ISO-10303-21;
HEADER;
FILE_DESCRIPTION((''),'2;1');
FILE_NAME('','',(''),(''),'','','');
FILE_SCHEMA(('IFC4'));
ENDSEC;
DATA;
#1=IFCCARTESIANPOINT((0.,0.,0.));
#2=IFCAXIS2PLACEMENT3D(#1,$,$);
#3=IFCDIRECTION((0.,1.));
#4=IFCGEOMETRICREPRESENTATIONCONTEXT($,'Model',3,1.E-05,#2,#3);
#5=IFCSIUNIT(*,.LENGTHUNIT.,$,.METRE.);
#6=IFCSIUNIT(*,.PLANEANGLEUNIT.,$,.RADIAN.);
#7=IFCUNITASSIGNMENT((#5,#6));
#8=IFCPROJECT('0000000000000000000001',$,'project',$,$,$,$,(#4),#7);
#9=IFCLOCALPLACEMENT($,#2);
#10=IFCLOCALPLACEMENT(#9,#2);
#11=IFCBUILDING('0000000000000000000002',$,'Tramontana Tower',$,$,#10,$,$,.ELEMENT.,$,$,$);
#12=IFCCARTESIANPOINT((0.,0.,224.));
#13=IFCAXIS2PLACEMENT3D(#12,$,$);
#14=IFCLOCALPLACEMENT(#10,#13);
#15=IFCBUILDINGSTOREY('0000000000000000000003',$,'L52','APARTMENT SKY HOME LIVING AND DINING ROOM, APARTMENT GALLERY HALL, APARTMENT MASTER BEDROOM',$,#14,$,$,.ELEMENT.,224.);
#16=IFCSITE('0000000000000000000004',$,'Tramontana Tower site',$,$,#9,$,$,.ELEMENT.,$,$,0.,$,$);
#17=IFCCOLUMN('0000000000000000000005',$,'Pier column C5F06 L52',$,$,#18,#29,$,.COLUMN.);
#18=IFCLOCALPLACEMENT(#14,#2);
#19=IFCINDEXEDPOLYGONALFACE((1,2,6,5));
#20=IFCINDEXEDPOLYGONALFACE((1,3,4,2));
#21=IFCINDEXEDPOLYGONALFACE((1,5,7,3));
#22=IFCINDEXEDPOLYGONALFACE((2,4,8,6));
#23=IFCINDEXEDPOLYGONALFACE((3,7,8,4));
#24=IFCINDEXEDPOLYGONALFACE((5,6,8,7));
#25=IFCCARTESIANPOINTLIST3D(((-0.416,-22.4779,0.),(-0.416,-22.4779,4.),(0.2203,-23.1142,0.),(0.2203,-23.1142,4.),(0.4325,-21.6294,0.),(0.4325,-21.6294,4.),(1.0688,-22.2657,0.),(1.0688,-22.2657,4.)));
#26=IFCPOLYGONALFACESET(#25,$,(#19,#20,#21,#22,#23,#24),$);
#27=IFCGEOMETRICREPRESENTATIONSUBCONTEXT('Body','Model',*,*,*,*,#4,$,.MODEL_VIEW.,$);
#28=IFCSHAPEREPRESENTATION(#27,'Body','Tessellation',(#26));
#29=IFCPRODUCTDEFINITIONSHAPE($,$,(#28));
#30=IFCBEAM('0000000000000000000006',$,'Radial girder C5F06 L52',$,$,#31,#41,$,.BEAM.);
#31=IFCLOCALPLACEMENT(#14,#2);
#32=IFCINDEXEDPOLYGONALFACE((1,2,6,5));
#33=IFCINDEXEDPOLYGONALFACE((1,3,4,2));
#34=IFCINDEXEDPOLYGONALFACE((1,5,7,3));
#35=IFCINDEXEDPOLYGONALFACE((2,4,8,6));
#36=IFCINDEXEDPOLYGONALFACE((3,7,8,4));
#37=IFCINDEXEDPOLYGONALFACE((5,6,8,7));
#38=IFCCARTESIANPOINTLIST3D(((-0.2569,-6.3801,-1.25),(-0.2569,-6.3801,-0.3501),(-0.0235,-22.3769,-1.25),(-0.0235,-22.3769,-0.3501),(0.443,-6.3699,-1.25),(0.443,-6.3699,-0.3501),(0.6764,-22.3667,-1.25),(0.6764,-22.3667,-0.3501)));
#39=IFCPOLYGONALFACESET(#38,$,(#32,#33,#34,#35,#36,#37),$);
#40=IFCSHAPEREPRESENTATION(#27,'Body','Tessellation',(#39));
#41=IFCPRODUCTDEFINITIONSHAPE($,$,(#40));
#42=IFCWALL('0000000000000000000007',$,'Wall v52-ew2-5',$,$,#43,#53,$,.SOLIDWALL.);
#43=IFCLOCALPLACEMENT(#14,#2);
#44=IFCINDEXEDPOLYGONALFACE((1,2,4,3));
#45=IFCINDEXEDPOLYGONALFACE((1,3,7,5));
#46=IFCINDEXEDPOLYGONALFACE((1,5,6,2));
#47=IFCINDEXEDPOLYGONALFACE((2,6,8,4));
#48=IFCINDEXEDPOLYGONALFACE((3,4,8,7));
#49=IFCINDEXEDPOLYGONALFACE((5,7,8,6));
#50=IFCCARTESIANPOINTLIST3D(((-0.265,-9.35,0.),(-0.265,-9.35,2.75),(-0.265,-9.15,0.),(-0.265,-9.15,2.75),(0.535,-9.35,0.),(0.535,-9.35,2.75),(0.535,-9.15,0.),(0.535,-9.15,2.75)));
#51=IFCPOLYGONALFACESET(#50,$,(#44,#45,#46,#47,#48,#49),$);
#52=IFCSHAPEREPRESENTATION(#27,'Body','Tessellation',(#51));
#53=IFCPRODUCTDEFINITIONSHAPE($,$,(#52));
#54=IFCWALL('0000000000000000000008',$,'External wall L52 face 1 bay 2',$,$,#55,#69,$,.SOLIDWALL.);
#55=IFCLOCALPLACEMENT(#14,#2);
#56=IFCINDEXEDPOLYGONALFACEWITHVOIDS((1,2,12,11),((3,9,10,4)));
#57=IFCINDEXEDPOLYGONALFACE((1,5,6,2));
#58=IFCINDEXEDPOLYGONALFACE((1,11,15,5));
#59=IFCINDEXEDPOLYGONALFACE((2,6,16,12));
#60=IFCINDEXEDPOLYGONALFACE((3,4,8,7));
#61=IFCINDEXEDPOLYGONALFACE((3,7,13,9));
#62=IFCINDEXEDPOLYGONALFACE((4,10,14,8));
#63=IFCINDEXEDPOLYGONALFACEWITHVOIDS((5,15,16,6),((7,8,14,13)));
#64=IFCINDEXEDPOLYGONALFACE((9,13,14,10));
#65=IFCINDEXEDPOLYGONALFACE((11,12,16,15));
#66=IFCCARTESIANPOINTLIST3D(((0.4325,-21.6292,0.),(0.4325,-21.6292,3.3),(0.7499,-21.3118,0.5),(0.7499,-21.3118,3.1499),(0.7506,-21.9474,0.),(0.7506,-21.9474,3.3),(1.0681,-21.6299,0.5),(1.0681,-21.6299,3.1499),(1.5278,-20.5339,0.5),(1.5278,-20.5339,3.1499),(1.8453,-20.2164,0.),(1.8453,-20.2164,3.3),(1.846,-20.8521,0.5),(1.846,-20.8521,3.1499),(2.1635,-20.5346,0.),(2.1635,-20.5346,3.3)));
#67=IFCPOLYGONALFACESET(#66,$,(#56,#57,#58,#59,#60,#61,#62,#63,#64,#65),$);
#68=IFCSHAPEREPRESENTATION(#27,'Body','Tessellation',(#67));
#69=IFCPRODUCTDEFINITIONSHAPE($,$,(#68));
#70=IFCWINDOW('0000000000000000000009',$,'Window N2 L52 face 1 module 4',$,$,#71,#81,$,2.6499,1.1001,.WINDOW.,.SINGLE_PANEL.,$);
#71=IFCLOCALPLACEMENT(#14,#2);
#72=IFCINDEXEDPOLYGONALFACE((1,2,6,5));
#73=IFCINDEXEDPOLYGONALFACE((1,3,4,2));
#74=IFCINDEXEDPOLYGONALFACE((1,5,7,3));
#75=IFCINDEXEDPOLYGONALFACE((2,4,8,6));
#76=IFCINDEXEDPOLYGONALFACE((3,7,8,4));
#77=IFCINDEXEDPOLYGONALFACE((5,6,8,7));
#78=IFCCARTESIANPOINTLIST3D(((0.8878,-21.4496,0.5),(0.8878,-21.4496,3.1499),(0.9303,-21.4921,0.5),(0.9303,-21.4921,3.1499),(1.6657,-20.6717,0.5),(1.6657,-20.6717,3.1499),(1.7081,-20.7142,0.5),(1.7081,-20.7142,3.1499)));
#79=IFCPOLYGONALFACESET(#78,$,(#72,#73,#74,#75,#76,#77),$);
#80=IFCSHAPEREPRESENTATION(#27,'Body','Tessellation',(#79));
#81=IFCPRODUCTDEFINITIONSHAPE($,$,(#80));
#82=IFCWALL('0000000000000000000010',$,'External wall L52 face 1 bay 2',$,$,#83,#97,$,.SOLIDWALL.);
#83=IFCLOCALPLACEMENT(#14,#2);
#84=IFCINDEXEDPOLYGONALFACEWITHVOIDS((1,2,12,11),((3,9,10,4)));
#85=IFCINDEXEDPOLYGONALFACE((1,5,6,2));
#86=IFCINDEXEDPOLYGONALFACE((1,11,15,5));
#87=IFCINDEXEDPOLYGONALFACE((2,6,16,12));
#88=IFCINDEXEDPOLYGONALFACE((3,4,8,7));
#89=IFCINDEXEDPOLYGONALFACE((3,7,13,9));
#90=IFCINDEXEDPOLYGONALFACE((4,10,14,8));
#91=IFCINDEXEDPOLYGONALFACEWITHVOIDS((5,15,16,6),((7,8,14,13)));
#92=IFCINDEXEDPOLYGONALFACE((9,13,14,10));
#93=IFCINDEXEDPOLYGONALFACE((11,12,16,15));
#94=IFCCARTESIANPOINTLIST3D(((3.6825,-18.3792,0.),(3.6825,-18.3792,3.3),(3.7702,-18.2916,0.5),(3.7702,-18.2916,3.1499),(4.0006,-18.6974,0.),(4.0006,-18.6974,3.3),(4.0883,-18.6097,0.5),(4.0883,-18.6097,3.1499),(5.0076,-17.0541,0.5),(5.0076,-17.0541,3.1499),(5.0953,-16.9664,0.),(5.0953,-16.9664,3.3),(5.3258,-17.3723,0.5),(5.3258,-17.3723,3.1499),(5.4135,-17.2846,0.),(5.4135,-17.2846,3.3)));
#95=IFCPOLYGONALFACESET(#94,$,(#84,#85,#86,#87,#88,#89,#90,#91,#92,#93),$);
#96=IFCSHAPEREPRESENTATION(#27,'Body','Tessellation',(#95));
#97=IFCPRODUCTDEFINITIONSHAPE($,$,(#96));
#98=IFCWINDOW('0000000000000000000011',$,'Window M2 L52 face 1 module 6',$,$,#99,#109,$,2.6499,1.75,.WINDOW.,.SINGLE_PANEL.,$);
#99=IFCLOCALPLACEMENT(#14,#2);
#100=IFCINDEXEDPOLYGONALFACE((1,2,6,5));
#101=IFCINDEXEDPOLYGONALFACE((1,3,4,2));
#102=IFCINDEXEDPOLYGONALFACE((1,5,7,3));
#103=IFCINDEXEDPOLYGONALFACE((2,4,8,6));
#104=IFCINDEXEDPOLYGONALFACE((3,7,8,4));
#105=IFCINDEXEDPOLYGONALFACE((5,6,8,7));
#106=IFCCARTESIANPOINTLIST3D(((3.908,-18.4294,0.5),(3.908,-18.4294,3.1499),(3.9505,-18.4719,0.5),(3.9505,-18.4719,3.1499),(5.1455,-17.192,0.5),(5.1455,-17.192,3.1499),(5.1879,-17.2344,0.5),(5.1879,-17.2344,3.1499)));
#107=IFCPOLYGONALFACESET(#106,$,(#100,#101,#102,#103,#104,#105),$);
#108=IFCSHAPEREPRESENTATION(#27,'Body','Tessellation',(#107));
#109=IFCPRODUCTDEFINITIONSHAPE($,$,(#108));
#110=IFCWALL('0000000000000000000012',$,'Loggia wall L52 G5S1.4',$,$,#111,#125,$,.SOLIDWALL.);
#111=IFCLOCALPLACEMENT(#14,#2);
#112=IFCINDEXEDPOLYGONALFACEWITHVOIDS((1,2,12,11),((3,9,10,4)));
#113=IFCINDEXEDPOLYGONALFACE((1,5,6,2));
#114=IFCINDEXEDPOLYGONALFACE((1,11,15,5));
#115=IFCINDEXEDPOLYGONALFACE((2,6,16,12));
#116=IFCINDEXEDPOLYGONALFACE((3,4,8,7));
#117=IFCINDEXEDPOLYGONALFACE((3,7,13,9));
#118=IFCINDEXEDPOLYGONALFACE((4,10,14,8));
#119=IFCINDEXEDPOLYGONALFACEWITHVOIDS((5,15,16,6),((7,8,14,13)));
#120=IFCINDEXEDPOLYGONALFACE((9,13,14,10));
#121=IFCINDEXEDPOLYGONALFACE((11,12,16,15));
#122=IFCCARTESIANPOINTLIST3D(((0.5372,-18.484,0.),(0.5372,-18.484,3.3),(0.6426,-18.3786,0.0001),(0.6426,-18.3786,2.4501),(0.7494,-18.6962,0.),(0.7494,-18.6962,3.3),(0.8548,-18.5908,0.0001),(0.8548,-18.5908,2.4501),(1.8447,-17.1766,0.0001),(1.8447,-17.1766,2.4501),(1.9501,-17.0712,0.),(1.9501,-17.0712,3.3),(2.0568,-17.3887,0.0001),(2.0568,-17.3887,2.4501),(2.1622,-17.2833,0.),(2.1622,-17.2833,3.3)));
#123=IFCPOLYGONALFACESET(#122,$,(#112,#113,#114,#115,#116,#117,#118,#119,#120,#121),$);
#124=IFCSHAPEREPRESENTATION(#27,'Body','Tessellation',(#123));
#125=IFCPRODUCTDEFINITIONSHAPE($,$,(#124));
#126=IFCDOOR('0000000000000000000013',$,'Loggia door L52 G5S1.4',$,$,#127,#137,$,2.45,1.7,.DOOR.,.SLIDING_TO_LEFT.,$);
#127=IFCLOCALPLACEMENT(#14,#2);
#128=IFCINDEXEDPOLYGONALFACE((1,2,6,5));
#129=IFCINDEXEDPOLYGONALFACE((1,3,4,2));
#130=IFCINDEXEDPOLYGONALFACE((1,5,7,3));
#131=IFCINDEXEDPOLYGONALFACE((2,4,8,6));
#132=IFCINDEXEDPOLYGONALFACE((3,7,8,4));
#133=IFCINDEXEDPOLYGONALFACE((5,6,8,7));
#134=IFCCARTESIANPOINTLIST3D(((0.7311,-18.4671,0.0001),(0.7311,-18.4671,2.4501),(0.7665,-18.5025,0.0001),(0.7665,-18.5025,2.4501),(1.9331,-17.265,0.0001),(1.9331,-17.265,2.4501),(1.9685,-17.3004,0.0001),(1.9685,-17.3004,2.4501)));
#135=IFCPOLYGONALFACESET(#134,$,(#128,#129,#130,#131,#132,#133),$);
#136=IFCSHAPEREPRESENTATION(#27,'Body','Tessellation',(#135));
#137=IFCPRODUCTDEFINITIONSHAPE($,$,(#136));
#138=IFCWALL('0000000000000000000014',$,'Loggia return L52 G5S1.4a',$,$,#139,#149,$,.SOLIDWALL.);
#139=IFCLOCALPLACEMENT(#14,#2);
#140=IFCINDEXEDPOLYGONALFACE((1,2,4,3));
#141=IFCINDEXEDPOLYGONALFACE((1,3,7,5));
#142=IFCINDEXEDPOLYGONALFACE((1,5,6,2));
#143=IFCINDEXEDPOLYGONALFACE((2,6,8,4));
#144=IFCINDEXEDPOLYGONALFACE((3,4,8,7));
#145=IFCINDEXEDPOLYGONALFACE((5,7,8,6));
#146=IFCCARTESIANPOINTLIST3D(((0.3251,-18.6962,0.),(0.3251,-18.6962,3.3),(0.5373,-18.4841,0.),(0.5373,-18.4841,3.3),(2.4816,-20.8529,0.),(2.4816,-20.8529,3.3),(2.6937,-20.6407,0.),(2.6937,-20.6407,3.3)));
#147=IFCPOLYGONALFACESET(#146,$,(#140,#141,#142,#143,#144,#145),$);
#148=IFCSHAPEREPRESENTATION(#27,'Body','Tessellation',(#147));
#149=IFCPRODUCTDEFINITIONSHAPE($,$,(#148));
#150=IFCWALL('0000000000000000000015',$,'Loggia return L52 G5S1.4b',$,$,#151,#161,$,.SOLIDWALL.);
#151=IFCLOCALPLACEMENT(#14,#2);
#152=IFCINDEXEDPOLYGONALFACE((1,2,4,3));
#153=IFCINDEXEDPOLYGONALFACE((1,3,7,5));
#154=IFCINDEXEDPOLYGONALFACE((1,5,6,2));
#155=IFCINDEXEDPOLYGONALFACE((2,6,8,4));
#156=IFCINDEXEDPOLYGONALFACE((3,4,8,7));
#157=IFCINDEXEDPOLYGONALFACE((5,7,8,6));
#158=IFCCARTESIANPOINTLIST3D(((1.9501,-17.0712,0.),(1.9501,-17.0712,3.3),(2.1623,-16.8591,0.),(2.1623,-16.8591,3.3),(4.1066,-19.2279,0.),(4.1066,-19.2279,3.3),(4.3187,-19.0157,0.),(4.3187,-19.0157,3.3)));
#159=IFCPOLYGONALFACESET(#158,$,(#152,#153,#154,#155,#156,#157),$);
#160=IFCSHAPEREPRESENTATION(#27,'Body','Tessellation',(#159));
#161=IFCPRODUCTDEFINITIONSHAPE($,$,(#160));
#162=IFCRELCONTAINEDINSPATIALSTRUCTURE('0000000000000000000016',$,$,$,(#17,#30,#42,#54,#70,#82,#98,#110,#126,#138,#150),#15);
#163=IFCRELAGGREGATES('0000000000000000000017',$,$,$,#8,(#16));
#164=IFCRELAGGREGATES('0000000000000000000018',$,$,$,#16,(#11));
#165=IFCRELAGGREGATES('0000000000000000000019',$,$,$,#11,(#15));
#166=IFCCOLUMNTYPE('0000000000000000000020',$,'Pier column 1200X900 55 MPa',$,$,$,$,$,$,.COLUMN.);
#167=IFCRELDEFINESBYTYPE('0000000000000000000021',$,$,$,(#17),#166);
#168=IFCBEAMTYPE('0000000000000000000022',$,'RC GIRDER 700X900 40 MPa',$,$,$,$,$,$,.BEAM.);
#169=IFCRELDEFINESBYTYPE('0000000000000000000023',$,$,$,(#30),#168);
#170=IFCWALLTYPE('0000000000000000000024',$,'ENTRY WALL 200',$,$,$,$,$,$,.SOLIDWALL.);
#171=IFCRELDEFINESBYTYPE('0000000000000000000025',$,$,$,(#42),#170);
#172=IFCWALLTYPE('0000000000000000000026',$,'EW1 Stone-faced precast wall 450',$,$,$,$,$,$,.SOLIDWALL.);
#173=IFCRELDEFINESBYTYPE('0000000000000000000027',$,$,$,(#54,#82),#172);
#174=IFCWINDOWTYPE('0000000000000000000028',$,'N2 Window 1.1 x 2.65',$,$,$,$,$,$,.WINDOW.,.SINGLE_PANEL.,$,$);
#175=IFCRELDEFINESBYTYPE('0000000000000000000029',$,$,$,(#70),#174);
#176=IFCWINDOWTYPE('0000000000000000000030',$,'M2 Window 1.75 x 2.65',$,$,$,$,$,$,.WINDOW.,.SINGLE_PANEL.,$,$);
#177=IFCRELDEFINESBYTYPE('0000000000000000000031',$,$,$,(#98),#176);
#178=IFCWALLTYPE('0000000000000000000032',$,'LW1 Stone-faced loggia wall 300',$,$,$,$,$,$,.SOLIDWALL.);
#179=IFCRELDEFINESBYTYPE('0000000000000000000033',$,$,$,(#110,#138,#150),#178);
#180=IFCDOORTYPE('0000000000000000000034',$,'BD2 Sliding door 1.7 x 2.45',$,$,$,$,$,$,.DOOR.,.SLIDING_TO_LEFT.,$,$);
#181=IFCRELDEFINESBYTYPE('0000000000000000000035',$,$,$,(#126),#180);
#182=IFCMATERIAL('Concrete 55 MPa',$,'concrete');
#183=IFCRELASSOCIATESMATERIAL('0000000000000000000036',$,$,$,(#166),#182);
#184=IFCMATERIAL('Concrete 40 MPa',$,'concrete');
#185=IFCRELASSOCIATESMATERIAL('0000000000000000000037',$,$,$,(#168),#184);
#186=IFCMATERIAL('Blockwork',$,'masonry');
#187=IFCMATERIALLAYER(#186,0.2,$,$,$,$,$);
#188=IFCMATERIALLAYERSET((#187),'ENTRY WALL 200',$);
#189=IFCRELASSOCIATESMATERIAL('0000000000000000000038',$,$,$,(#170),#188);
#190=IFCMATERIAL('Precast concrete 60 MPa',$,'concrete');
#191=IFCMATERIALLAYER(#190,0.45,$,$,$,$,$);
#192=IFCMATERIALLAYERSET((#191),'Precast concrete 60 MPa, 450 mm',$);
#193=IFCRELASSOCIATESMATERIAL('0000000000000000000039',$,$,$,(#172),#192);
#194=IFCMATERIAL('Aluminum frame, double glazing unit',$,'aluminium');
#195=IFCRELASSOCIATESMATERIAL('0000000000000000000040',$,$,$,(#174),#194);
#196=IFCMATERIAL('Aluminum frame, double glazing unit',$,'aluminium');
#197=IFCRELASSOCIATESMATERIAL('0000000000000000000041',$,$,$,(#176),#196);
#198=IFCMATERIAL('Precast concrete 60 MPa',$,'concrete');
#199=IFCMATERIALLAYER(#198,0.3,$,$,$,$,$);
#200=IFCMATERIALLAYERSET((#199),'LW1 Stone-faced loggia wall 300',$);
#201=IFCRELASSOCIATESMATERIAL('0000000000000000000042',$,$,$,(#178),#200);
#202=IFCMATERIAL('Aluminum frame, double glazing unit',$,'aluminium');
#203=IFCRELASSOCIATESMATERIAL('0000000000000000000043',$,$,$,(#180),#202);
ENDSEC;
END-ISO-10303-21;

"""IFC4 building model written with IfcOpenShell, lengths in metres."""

from ifc_helpers import new_model, si_unit, direction, frame, frame_2d, origin, origin_2d, place, context, subcontext, project, spatial, rectangle, extrude, material, layer, layer_set, material_profile, profile_set, type_object, element, fill, save


model = new_model("IFC4")

# Units and contexts
model_context = context("Model", 3, precision=1e-05, world=origin(), true_north=direction((0.0, 1.0)))
body_context = subcontext(model_context, "Body", "Model", "MODEL_VIEW")
ifc_project = project(units=[si_unit("LENGTHUNIT", "METRE"), si_unit("PLANEANGLEUNIT", "RADIAN")], contexts=[model_context])

# Site, building, storey
site_placement = place(None, origin())
site = spatial("IfcSite", under=ifc_project, at=site_placement, Name="Tramontana Tower site", CompositionType="ELEMENT", RefElevation=0.0)
building_placement = place(site_placement, origin())
building = spatial("IfcBuilding", under=site, at=building_placement, Name="Tramontana Tower", CompositionType="ELEMENT")
storey_placement = place(building_placement, frame((0.0, 0.0, 224.0)))
storey = spatial("IfcBuildingStorey", under=building, at=storey_placement, Name="L52", Description="APARTMENT SKY HOME LIVING AND DINING ROOM, APARTMENT GALLERY HALL, APARTMENT MASTER BEDROOM", CompositionType="ELEMENT", Elevation=224.0)

# Column
ifc_material_1 = material(Name="Concrete 55 MPa", Category="concrete")
ifc_material_profile_1 = material_profile(ifc_material_1, rectangle(XDim=1.2, YDim=0.8999, at=origin_2d()), Name="Pier column 1200X900 55 MPa")
ifc_profile_set_1 = profile_set([ifc_material_profile_1], Name="Concrete 55 MPa")
column_type = type_object("IfcColumnType", Name="Pier column 1200X900 55 MPa", PredefinedType="COLUMN", material=ifc_profile_set_1)
column_placement = place(storey_placement, frame((0.3264, -22.3718, 0.0), z_axis=(0.0, 0.0, 1.0), x_axis=(0.707107, 0.707107, 0.0)))
element("IfcColumn", 1, at=column_placement, inside=storey, type_object=column_type, Name="Pier column C5F06 L52", PredefinedType="COLUMN", context=body_context, shape_type="SweptSolid", body=[
    extrude(rectangle(XDim=1.2, YDim=0.8999, at=origin_2d()), origin(), (0.0, 0.0, 1.0), 4.0),
])

# Beam
ifc_material_2 = material(Name="Concrete 40 MPa", Category="concrete")
ifc_material_profile_2 = material_profile(ifc_material_2, rectangle(XDim=0.7, YDim=0.8999, at=origin_2d()), Name="RC GIRDER 700X900 40 MPa")
ifc_profile_set_2 = profile_set([ifc_material_profile_2], Name="Concrete 40 MPa")
beam_type = type_object("IfcBeamType", Name="RC GIRDER 700X900 40 MPa", PredefinedType="BEAM", material=ifc_profile_set_2)
beam_placement = place(storey_placement, frame((0.3264, -22.3718, -0.8), z_axis=(-0.014589, 0.999894, 0.0), x_axis=(-0.999894, -0.014589, 0.0)))
element("IfcBeam", 2, at=beam_placement, inside=storey, type_object=beam_type, Name="Radial girder C5F06 L52", PredefinedType="BEAM", context=body_context, shape_type="SweptSolid", body=[
    extrude(rectangle(XDim=0.7, YDim=0.8999, at=origin_2d()), origin(), (0.0, 0.0, 1.0), 15.9985),
])

# Wall
ifc_material_3 = material(Name="Blockwork", Category="masonry")
ifc_layer_1 = layer(ifc_material_3, 0.2)
ifc_layer_set_1 = layer_set([ifc_layer_1], Name="ENTRY WALL 200")
wall_type_1 = type_object("IfcWallType", Name="ENTRY WALL 200", PredefinedType="SOLIDWALL", material=ifc_layer_set_1)
wall_1_placement = place(storey_placement, frame((0.5349, -9.25, 0.0), z_axis=(0.0, 0.0, 1.0), x_axis=(-1.0, 0.0, 0.0)))
element("IfcWall", 3, at=wall_1_placement, inside=storey, type_object=wall_type_1, Name="Wall v52-ew2-5", PredefinedType="SOLIDWALL", context=body_context, shape_type="SweptSolid", body=[
    extrude(rectangle(XDim=0.8, YDim=0.2, at=frame_2d((0.3999, 0.0))), origin(), (0.0, 0.0, 1.0), 2.75),
])

# Walls, openings, windows
ifc_material_4 = material(Name="Precast concrete 60 MPa", Category="concrete")
ifc_layer_2 = layer(ifc_material_4, 0.45)
ifc_layer_set_2 = layer_set([ifc_layer_2], Name="Precast concrete 60 MPa, 450 mm")
wall_type_2 = type_object("IfcWallType", Name="EW1 Stone-faced precast wall 450", PredefinedType="SOLIDWALL", material=ifc_layer_set_2)
wall_2_placement = place(storey_placement, frame((0.5916, -21.7883, 0.0), z_axis=(0.0, 0.0, 1.0), x_axis=(0.707107, 0.707107, 0.0)))
wall_2 = element("IfcWall", 4, at=wall_2_placement, inside=storey, type_object=wall_type_2, Name="External wall L52 face 1 bay 2", PredefinedType="SOLIDWALL", context=body_context, shape_type="SweptSolid", body=[
    extrude(rectangle(XDim=1.998, YDim=0.45, at=frame_2d((0.999, 0.0))), origin(), (0.0, 0.0, 1.0), 3.3),
])
opening_1_placement = place(wall_2_placement, frame((0.449, 0.0, 0.5)))
opening_1 = element("IfcOpeningElement", 5, at=opening_1_placement, cuts=wall_2, PredefinedType="OPENING", context=body_context, shape_type="SweptSolid", body=[
    extrude(rectangle(XDim=1.1001, YDim=2.6499, at=frame_2d((0.55, 1.325))), frame((0.0, 0.2349, 0.0), z_axis=(0.0, -1.0, 0.0), x_axis=(1.0, 0.0, 0.0)), (0.0, 0.0, 1.0), 0.47),
])
ifc_material_5 = material(Name="Aluminum frame, double glazing unit", Category="aluminium")
window_type_1 = type_object("IfcWindowType", Name="N2 Window 1.1 x 2.65", PartitioningType="SINGLE_PANEL", PredefinedType="WINDOW", material=ifc_material_5)
window_1_placement = place(opening_1_placement, origin())
window_1 = element("IfcWindow", 6, at=window_1_placement, inside=storey, type_object=window_type_1, Name="Window N2 L52 face 1 module 4", OverallHeight=2.6499, OverallWidth=1.1001, PartitioningType="SINGLE_PANEL", PredefinedType="WINDOW", context=body_context, shape_type="SweptSolid", body=[
    extrude(rectangle(XDim=1.1001, YDim=2.6499, at=frame_2d((0.55, 1.325))), frame((0.0, 0.03, 0.0), z_axis=(0.0, -1.0, 0.0), x_axis=(1.0, 0.0, 0.0)), (0.0, 0.0, 1.0), 0.0601),
])
fill(opening_1, window_1)
wall_3_placement = place(storey_placement, frame((3.8416, -18.5383, 0.0), z_axis=(0.0, 0.0, 1.0), x_axis=(0.707107, 0.707107, 0.0)))
wall_3 = element("IfcWall", 7, at=wall_3_placement, inside=storey, type_object=wall_type_2, Name="External wall L52 face 1 bay 2", PredefinedType="SOLIDWALL", context=body_context, shape_type="SweptSolid", body=[
    extrude(rectangle(XDim=1.998, YDim=0.45, at=frame_2d((0.999, 0.0))), origin(), (0.0, 0.0, 1.0), 3.3),
])
opening_2_placement = place(wall_3_placement, frame((0.124, 0.0, 0.5)))
opening_2 = element("IfcOpeningElement", 8, at=opening_2_placement, cuts=wall_3, PredefinedType="OPENING", context=body_context, shape_type="SweptSolid", body=[
    extrude(rectangle(XDim=1.75, YDim=2.6499, at=frame_2d((0.875, 1.325))), frame((0.0, 0.2349, 0.0), z_axis=(0.0, -1.0, 0.0), x_axis=(1.0, 0.0, 0.0)), (0.0, 0.0, 1.0), 0.47),
])
ifc_material_6 = material(Name="Aluminum frame, double glazing unit", Category="aluminium")
window_type_2 = type_object("IfcWindowType", Name="M2 Window 1.75 x 2.65", PartitioningType="SINGLE_PANEL", PredefinedType="WINDOW", material=ifc_material_6)
window_2_placement = place(opening_2_placement, origin())
window_2 = element("IfcWindow", 9, at=window_2_placement, inside=storey, type_object=window_type_2, Name="Window M2 L52 face 1 module 6", OverallHeight=2.6499, OverallWidth=1.75, PartitioningType="SINGLE_PANEL", PredefinedType="WINDOW", context=body_context, shape_type="SweptSolid", body=[
    extrude(rectangle(XDim=1.75, YDim=2.6499, at=frame_2d((0.875, 1.325))), frame((0.0, 0.03, 0.0), z_axis=(0.0, -1.0, 0.0), x_axis=(1.0, 0.0, 0.0)), (0.0, 0.0, 1.0), 0.0601),
])
fill(opening_2, window_2)

# Wall, opening, door
ifc_material_7 = material(Name="Precast concrete 60 MPa", Category="concrete")
ifc_layer_3 = layer(ifc_material_7, 0.3)
ifc_layer_set_3 = layer_set([ifc_layer_3], Name="LW1 Stone-faced loggia wall 300")
wall_type_3 = type_object("IfcWallType", Name="LW1 Stone-faced loggia wall 300", PredefinedType="SOLIDWALL", material=ifc_layer_set_3)
wall_4_placement = place(storey_placement, frame((0.6433, -18.5901, 0.0), z_axis=(0.0, 0.0, 1.0), x_axis=(0.707107, 0.707107, 0.0)))
wall_4 = element("IfcWall", 10, at=wall_4_placement, inside=storey, type_object=wall_type_3, Name="Loggia wall L52 G5S1.4", PredefinedType="SOLIDWALL", context=body_context, shape_type="SweptSolid", body=[
    extrude(rectangle(XDim=1.998, YDim=0.3, at=frame_2d((0.999, 0.0))), origin(), (0.0, 0.0, 1.0), 3.3),
])
opening_3_placement = place(wall_4_placement, frame((0.1489, 0.0, 0.0)))
opening_3 = element("IfcOpeningElement", 11, at=opening_3_placement, cuts=wall_4, PredefinedType="OPENING", context=body_context, shape_type="SweptSolid", body=[
    extrude(rectangle(XDim=1.7, YDim=2.45, at=frame_2d((0.8501, 1.2251))), frame((0.0, 0.1599, 0.0), z_axis=(0.0, -1.0, 0.0), x_axis=(1.0, 0.0, 0.0)), (0.0, 0.0, 1.0), 0.3201),
])
ifc_material_8 = material(Name="Aluminum frame, double glazing unit", Category="aluminium")
door_type_1 = type_object("IfcDoorType", Name="BD2 Sliding door 1.7 x 2.45", OperationType="SLIDING_TO_LEFT", PredefinedType="DOOR", material=ifc_material_8)
door_1_placement = place(opening_3_placement, origin())
door_1 = element("IfcDoor", 12, at=door_1_placement, inside=storey, type_object=door_type_1, Name="Loggia door L52 G5S1.4", OperationType="SLIDING_TO_LEFT", OverallHeight=2.45, OverallWidth=1.7, PredefinedType="DOOR", context=body_context, shape_type="SweptSolid", body=[
    extrude(rectangle(XDim=1.7, YDim=2.45, at=frame_2d((0.8501, 1.2251))), frame((0.0, 0.0249, 0.0), z_axis=(0.0, -1.0, 0.0), x_axis=(1.0, 0.0, 0.0)), (0.0, 0.0, 1.0), 0.05),
])
fill(opening_3, door_1)

# Walls
for number, where, z_axis, x_axis, name in (
    (13, (2.5876, -20.7468, 0.0), (0.0, 0.0, 1.0), (-0.707067, 0.707147, 0.0), "Loggia return L52 G5S1.4a"),
    (14, (4.2126, -19.1218, 0.0), (0.0, 0.0, 1.0), (-0.707067, 0.707147, 0.0), "Loggia return L52 G5S1.4b"),
):
    element("IfcWall", number, at=place(storey_placement, frame(where, z_axis=z_axis, x_axis=x_axis)), inside=storey, type_object=wall_type_3, Name=name, PredefinedType="SOLIDWALL", context=body_context, shape_type="SweptSolid", body=[
        extrude(rectangle(XDim=3.0498, YDim=0.3, at=frame_2d((1.5249, 0.0))), origin(), (0.0, 0.0, 1.0), 3.3),
    ])

save(model, "model.ifc")
